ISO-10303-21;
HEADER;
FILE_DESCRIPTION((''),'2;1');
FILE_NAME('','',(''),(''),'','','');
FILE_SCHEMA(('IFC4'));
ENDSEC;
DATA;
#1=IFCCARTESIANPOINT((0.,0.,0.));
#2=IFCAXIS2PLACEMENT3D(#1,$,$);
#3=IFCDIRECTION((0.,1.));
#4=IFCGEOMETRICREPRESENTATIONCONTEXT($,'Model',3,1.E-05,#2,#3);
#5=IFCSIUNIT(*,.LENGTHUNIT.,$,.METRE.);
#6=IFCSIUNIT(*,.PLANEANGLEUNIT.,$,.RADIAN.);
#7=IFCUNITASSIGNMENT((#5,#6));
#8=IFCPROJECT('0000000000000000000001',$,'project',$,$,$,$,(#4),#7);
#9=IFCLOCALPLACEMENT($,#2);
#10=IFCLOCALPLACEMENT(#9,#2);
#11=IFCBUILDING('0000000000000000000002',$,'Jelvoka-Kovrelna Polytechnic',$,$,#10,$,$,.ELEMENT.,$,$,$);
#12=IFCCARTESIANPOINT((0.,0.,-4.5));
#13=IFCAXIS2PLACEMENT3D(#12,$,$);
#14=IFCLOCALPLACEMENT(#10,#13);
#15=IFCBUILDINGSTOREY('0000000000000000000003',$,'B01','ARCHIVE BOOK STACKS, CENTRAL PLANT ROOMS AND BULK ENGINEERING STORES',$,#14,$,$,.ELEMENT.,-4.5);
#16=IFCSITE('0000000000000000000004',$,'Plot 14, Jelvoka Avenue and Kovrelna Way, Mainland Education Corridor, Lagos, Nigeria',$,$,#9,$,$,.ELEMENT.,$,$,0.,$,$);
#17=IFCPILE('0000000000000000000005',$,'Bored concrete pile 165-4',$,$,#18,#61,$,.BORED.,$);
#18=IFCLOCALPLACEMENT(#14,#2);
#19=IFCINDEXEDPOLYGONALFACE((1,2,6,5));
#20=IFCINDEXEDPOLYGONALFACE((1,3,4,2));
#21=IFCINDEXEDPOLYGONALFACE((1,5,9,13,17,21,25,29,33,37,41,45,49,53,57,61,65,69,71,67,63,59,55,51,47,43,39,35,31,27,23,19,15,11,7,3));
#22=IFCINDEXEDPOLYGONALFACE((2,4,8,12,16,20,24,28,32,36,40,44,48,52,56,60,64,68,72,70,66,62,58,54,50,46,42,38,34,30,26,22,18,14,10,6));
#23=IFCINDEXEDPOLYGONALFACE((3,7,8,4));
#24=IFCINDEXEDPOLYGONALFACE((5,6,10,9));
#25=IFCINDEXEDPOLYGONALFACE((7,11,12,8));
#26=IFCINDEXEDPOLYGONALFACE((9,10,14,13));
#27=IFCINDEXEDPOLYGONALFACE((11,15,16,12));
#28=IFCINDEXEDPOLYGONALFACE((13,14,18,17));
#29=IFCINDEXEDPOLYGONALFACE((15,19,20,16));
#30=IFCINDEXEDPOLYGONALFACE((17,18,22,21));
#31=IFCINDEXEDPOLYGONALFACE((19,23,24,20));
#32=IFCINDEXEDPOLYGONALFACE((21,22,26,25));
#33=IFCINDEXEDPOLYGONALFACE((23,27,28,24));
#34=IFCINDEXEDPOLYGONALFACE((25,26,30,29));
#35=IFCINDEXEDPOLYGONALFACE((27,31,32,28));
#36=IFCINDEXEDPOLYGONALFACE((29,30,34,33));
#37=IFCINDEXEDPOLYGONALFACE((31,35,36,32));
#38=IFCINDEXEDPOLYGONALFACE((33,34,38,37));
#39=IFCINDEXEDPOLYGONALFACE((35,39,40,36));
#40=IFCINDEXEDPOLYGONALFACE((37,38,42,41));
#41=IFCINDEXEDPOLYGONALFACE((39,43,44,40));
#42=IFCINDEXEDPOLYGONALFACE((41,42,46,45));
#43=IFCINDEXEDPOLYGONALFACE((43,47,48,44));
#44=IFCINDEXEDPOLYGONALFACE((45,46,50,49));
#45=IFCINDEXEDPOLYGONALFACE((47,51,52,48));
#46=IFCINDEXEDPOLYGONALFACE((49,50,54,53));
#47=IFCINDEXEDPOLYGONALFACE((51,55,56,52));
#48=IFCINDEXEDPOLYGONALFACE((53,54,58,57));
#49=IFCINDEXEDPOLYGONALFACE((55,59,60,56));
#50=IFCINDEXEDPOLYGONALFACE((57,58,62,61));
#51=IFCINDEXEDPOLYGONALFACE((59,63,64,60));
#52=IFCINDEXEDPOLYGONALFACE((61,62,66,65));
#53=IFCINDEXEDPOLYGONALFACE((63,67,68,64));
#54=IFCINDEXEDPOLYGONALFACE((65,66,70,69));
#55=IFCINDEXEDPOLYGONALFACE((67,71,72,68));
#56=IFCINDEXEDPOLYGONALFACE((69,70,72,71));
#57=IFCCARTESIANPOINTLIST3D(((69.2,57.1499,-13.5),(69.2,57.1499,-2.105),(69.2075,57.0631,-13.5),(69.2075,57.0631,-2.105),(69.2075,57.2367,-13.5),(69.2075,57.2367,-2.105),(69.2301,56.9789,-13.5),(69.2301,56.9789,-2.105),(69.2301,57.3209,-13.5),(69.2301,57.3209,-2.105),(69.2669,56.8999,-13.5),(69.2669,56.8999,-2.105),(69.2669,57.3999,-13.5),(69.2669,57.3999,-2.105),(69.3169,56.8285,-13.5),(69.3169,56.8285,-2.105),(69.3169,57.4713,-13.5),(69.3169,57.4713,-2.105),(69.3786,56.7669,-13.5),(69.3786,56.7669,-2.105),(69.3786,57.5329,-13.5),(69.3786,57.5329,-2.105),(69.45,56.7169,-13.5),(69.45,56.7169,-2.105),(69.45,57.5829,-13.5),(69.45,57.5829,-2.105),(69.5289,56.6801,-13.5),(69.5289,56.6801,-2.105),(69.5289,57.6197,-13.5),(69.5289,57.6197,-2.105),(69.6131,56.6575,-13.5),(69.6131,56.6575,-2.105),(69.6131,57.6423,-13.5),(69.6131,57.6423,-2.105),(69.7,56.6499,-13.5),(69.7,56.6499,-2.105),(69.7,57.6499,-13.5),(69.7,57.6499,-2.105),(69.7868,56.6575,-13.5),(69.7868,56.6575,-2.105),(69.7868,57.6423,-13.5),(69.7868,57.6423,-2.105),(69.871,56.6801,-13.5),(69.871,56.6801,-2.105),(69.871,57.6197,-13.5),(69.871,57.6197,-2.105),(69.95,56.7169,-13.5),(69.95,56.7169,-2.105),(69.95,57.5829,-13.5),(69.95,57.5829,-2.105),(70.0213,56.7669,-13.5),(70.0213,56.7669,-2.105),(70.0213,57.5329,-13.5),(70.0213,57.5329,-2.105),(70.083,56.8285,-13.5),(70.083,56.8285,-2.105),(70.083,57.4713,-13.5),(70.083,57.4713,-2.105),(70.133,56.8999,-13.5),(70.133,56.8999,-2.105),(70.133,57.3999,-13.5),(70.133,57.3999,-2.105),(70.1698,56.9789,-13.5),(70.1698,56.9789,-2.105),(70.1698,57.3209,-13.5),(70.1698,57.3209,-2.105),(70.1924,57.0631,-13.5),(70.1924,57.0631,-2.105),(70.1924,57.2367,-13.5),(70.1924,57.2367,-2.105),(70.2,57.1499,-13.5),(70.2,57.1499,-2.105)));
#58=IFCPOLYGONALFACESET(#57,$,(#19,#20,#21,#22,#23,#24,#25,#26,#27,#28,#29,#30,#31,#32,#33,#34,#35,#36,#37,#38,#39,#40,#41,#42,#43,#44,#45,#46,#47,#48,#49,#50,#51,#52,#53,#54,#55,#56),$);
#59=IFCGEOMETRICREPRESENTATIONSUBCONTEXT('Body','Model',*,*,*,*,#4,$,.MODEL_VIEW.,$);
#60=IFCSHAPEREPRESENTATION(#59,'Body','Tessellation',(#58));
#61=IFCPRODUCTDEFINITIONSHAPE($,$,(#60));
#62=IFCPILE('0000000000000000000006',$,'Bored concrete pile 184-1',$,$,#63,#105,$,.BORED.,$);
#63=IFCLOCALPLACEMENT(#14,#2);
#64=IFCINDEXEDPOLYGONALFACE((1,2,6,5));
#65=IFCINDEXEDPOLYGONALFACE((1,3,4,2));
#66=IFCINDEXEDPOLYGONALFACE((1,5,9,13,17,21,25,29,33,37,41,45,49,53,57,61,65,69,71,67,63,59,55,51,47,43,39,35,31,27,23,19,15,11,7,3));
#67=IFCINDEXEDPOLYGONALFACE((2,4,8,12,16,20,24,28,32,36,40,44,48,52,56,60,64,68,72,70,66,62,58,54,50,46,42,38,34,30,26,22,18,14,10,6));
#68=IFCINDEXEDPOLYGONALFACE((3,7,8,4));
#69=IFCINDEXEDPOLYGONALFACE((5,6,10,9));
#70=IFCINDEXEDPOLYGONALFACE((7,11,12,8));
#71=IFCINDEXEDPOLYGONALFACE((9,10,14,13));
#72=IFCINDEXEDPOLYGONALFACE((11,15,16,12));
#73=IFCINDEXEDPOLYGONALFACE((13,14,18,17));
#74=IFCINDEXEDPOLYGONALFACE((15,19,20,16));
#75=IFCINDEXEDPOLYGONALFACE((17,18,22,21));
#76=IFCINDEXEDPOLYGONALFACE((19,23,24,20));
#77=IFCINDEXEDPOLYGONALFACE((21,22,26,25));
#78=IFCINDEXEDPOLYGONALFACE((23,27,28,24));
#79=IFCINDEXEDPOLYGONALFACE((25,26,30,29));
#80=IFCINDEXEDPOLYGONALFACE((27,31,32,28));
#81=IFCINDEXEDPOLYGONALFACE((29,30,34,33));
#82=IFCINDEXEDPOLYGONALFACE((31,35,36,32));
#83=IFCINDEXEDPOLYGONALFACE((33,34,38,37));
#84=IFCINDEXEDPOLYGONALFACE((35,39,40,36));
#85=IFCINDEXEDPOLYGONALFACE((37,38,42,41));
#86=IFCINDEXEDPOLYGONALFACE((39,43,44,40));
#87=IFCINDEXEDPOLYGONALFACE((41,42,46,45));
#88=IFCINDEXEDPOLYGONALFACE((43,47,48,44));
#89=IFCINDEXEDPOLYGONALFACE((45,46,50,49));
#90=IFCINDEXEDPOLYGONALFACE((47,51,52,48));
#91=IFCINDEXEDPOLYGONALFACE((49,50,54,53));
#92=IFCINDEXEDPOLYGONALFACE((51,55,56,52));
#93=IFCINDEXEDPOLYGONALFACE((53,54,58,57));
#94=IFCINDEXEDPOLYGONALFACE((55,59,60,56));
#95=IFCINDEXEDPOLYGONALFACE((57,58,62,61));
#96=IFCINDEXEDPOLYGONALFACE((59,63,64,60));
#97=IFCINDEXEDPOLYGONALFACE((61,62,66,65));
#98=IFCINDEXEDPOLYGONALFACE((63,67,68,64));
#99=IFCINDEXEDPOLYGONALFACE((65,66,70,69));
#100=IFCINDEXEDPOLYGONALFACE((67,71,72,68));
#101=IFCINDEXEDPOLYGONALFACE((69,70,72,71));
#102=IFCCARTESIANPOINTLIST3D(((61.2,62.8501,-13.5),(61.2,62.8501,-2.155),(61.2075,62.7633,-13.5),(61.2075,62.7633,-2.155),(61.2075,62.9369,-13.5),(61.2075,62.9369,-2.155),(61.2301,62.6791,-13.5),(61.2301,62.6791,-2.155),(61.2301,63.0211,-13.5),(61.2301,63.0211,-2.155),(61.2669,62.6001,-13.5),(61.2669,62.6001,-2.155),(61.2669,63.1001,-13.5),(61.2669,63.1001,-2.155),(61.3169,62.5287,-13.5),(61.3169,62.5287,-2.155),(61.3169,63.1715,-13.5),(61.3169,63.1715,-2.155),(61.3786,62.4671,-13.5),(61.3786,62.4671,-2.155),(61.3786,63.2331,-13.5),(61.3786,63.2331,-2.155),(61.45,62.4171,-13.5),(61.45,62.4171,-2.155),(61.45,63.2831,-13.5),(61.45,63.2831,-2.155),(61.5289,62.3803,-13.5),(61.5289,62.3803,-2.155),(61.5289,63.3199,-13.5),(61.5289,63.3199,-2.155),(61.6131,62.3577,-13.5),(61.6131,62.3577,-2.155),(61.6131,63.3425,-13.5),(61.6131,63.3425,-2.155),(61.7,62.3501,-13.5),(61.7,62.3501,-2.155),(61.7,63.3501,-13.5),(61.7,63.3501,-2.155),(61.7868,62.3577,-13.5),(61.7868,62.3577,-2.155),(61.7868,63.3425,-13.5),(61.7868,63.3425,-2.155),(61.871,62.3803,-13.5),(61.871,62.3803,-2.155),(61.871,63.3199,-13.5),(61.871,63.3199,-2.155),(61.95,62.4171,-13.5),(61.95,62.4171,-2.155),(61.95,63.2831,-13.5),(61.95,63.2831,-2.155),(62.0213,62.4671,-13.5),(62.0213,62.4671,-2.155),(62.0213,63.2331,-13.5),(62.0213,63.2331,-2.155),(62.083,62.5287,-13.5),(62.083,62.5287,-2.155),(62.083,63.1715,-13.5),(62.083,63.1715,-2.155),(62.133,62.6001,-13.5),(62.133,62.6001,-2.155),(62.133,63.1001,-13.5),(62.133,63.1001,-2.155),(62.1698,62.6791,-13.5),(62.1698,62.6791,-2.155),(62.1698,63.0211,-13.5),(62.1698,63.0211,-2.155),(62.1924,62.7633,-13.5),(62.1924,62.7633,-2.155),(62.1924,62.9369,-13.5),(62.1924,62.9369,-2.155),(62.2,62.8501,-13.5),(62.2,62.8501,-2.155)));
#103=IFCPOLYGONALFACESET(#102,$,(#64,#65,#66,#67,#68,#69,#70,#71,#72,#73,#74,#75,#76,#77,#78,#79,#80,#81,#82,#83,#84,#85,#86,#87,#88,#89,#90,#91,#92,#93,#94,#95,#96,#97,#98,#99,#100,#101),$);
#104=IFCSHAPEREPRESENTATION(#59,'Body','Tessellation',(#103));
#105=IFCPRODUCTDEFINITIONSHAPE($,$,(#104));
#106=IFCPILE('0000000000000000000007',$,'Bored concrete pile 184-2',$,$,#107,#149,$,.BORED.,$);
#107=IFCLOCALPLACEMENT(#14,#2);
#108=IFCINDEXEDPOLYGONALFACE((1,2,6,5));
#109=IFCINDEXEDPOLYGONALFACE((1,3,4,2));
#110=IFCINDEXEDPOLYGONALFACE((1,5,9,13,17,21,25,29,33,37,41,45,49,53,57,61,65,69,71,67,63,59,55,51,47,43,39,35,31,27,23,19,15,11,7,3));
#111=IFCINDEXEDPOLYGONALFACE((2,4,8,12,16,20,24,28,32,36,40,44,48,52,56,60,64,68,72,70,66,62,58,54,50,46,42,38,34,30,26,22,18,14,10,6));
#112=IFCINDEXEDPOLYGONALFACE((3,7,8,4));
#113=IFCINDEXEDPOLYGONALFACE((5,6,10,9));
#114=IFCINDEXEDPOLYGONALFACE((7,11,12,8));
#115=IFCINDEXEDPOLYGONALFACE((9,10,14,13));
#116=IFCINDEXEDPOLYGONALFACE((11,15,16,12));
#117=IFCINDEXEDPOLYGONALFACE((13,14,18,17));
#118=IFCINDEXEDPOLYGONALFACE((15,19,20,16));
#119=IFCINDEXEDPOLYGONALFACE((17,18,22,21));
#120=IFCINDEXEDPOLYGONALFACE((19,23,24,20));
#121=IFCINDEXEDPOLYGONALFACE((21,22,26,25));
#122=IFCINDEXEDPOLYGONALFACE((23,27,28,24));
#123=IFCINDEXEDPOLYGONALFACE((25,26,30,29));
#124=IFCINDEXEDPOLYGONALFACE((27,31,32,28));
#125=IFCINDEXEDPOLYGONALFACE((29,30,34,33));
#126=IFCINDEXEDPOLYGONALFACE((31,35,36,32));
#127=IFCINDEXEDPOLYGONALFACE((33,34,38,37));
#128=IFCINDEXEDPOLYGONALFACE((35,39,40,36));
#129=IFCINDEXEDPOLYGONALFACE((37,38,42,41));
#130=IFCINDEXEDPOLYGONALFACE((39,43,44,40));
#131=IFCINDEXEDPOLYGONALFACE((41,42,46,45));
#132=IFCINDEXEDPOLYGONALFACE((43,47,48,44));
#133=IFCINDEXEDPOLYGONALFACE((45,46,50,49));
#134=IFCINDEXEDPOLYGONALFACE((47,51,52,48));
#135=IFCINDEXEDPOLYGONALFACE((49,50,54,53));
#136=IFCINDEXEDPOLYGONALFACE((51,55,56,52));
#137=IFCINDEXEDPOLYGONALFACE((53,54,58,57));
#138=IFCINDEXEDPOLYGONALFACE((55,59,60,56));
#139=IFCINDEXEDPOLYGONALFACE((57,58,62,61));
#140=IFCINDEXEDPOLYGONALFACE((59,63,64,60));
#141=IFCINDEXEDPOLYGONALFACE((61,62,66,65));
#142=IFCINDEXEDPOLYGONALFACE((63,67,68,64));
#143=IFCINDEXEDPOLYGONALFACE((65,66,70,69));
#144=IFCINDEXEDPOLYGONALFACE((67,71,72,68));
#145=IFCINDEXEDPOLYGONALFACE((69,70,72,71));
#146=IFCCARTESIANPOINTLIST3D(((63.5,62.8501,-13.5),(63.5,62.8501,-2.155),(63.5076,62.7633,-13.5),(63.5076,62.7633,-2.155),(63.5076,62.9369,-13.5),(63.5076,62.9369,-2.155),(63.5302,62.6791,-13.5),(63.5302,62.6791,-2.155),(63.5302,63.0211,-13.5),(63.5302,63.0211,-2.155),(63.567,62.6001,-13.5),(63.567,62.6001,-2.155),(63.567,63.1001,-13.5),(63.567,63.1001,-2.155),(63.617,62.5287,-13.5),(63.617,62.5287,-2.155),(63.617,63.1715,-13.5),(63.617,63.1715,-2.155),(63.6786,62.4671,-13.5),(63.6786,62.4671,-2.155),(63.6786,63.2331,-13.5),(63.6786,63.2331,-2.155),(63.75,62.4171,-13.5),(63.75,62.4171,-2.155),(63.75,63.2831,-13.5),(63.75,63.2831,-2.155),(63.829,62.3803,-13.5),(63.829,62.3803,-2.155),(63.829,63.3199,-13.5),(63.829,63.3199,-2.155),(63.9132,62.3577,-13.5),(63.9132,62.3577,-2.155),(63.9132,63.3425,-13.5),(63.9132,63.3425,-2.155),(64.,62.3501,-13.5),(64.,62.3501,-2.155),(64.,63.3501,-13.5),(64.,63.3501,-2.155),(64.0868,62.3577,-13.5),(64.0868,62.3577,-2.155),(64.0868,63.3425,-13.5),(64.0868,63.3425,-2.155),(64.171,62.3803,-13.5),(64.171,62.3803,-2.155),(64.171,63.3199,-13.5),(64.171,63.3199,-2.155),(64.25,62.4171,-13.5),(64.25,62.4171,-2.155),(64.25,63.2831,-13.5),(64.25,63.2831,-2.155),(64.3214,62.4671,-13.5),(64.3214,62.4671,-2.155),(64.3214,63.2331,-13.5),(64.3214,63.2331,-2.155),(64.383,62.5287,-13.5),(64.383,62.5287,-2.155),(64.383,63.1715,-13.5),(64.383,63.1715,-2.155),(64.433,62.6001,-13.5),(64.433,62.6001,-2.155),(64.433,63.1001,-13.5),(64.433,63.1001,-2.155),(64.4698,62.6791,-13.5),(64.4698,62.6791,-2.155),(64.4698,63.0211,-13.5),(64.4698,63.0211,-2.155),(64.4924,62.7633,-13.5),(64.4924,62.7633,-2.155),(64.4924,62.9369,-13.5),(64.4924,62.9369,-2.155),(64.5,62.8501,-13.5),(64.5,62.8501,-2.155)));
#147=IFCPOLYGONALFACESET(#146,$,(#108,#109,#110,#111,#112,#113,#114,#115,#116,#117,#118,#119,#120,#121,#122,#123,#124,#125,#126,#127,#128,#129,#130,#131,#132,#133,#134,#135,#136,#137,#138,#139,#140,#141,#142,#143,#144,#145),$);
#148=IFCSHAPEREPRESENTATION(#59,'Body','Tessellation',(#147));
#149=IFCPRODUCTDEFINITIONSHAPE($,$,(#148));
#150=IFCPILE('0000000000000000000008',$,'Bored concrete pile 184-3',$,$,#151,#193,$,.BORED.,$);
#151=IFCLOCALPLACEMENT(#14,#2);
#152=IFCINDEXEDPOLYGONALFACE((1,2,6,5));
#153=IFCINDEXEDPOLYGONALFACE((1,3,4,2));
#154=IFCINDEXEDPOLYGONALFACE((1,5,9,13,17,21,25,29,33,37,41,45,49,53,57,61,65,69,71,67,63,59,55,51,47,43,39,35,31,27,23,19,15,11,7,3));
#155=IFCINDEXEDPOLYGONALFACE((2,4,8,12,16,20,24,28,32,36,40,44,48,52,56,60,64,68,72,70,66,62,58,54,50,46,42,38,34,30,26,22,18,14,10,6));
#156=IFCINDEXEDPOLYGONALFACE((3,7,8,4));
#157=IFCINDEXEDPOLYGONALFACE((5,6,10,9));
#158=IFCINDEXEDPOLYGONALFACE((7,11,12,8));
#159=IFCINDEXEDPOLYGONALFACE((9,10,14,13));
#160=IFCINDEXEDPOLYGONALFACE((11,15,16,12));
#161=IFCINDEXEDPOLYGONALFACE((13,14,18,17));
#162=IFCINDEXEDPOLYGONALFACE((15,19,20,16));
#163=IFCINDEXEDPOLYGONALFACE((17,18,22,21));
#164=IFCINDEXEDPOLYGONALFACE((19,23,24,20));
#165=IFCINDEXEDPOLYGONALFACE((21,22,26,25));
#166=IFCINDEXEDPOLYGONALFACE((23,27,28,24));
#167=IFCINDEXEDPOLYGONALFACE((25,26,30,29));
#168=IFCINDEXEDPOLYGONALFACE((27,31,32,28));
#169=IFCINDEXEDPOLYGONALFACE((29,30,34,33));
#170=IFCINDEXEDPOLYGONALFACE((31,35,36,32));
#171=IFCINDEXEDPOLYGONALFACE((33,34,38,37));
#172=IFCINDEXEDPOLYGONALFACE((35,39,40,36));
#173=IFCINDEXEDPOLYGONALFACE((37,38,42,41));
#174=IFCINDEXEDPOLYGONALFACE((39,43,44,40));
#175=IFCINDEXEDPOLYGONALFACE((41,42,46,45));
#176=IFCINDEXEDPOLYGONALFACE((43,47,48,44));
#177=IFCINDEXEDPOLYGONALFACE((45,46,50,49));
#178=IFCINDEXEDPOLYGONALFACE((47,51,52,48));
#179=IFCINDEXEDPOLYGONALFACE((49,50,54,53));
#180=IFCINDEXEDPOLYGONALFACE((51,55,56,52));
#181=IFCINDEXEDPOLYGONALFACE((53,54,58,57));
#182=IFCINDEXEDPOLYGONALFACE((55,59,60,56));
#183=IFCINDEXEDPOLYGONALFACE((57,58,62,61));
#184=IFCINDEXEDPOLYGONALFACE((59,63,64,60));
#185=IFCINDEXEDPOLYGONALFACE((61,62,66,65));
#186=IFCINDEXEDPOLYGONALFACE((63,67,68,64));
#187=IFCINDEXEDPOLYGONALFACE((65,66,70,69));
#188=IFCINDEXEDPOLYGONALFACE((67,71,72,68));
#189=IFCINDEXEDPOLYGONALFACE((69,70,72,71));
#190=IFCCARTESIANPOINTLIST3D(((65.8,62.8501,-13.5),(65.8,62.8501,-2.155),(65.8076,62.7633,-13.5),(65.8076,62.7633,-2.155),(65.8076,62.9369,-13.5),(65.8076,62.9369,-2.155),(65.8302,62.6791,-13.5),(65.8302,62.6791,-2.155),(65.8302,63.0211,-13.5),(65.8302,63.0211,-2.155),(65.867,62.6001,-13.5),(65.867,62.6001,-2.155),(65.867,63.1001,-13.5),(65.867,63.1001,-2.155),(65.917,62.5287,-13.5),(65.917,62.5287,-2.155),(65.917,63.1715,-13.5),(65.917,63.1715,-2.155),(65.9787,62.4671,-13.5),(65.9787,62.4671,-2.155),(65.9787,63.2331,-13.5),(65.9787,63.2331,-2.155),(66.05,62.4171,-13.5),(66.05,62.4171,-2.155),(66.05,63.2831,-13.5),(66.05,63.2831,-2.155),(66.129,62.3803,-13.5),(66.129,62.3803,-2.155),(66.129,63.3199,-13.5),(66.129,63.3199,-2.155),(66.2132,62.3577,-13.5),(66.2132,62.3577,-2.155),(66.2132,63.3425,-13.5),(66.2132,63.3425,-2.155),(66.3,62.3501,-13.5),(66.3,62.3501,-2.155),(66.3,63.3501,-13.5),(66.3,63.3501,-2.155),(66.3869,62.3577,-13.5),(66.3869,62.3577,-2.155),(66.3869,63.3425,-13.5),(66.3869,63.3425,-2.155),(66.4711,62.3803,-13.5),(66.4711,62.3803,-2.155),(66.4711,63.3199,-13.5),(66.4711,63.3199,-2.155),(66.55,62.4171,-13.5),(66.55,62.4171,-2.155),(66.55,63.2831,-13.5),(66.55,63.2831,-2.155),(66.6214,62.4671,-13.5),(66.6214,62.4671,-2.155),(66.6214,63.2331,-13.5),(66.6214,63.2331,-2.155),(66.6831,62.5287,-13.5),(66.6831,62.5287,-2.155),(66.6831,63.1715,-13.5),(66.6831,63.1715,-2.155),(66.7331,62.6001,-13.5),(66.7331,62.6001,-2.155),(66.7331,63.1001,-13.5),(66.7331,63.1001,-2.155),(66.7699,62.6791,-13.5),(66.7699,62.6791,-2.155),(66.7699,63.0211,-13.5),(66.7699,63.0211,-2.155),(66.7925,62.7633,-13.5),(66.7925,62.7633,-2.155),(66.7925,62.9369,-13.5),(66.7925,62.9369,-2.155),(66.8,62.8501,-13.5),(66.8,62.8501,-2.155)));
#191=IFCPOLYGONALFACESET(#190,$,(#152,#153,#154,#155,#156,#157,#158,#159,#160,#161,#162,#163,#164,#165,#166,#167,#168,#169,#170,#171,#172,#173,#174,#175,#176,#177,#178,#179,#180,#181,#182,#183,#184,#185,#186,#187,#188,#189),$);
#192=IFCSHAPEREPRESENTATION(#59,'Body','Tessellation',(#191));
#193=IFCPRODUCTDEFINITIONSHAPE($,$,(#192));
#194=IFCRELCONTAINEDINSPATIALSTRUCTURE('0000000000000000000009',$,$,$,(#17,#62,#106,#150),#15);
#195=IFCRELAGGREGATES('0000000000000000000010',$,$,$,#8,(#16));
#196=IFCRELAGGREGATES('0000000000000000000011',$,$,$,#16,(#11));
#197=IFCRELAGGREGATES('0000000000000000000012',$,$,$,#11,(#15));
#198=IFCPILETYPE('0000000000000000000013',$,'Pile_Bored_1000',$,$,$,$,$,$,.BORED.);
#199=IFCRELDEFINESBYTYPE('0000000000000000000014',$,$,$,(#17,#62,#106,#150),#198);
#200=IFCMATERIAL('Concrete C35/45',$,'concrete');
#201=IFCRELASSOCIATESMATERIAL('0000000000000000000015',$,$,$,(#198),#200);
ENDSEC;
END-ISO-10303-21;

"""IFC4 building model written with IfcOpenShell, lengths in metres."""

from ifc_helpers import new_model, si_unit, direction, frame, origin, origin_2d, place, context, subcontext, project, spatial, circle, extrude, material, material_profile, profile_set, type_object, element, save


model = new_model("IFC4")

# Units and contexts
model_context = context("Model", 3, precision=1e-05, world=origin(), true_north=direction((0.0, 1.0)))
body_context = subcontext(model_context, "Body", "Model", "MODEL_VIEW")
ifc_project = project(units=[si_unit("LENGTHUNIT", "METRE"), si_unit("PLANEANGLEUNIT", "RADIAN")], contexts=[model_context])

# Site, building, storey
site_placement = place(None, origin())
site = spatial("IfcSite", under=ifc_project, at=site_placement, Name="Plot 14, Jelvoka Avenue and Kovrelna Way, Mainland Education Corridor, Lagos, Nigeria", CompositionType="ELEMENT", RefElevation=0.0)
building_placement = place(site_placement, origin())
building = spatial("IfcBuilding", under=site, at=building_placement, Name="Jelvoka-Kovrelna Polytechnic", CompositionType="ELEMENT")
storey_placement = place(building_placement, frame((0.0, 0.0, -4.5)))
storey = spatial("IfcBuildingStorey", under=building, at=storey_placement, Name="B01", Description="ARCHIVE BOOK STACKS, CENTRAL PLANT ROOMS AND BULK ENGINEERING STORES", CompositionType="ELEMENT", Elevation=-4.5)

# Piles
ifc_material_1 = material(Name="Concrete C35/45", Category="concrete")
ifc_material_profile_1 = material_profile(ifc_material_1, circle(Radius=0.5, at=origin_2d()), Name="PILE D1000")
ifc_profile_set_1 = profile_set([ifc_material_profile_1], Name="Concrete C35/45")
pile_type = type_object("IfcPileType", Name="Pile_Bored_1000", PredefinedType="BORED", material=ifc_profile_set_1)
pile_placement = place(storey_placement, frame((69.7, 57.1499, -2.105), z_axis=(0.0, 0.0, -1.0), x_axis=(1.0, 0.0, 0.0)))
element("IfcPile", 1, at=pile_placement, inside=storey, type_object=pile_type, Name="Bored concrete pile 165-4", PredefinedType="BORED", context=body_context, shape_type="SweptSolid", body=[
    extrude(circle(Radius=0.5, at=origin_2d()), origin(), (0.0, 0.0, 1.0), 11.395),
])
for number, where, z_axis, x_axis, name in (
    (2, (61.7, 62.8501, -2.155), (0.0, 0.0, -1.0), (1.0, 0.0, 0.0), "Bored concrete pile 184-1"),
    (3, (64.0, 62.8501, -2.155), (0.0, 0.0, -1.0), (1.0, 0.0, 0.0), "Bored concrete pile 184-2"),
    (4, (66.3, 62.8501, -2.155), (0.0, 0.0, -1.0), (1.0, 0.0, 0.0), "Bored concrete pile 184-3"),
):
    element("IfcPile", number, at=place(storey_placement, frame(where, z_axis=z_axis, x_axis=x_axis)), inside=storey, type_object=pile_type, Name=name, PredefinedType="BORED", context=body_context, shape_type="SweptSolid", body=[
        extrude(circle(Radius=0.5, at=origin_2d()), origin(), (0.0, 0.0, 1.0), 11.345),
    ])

save(model, "model.ifc")
